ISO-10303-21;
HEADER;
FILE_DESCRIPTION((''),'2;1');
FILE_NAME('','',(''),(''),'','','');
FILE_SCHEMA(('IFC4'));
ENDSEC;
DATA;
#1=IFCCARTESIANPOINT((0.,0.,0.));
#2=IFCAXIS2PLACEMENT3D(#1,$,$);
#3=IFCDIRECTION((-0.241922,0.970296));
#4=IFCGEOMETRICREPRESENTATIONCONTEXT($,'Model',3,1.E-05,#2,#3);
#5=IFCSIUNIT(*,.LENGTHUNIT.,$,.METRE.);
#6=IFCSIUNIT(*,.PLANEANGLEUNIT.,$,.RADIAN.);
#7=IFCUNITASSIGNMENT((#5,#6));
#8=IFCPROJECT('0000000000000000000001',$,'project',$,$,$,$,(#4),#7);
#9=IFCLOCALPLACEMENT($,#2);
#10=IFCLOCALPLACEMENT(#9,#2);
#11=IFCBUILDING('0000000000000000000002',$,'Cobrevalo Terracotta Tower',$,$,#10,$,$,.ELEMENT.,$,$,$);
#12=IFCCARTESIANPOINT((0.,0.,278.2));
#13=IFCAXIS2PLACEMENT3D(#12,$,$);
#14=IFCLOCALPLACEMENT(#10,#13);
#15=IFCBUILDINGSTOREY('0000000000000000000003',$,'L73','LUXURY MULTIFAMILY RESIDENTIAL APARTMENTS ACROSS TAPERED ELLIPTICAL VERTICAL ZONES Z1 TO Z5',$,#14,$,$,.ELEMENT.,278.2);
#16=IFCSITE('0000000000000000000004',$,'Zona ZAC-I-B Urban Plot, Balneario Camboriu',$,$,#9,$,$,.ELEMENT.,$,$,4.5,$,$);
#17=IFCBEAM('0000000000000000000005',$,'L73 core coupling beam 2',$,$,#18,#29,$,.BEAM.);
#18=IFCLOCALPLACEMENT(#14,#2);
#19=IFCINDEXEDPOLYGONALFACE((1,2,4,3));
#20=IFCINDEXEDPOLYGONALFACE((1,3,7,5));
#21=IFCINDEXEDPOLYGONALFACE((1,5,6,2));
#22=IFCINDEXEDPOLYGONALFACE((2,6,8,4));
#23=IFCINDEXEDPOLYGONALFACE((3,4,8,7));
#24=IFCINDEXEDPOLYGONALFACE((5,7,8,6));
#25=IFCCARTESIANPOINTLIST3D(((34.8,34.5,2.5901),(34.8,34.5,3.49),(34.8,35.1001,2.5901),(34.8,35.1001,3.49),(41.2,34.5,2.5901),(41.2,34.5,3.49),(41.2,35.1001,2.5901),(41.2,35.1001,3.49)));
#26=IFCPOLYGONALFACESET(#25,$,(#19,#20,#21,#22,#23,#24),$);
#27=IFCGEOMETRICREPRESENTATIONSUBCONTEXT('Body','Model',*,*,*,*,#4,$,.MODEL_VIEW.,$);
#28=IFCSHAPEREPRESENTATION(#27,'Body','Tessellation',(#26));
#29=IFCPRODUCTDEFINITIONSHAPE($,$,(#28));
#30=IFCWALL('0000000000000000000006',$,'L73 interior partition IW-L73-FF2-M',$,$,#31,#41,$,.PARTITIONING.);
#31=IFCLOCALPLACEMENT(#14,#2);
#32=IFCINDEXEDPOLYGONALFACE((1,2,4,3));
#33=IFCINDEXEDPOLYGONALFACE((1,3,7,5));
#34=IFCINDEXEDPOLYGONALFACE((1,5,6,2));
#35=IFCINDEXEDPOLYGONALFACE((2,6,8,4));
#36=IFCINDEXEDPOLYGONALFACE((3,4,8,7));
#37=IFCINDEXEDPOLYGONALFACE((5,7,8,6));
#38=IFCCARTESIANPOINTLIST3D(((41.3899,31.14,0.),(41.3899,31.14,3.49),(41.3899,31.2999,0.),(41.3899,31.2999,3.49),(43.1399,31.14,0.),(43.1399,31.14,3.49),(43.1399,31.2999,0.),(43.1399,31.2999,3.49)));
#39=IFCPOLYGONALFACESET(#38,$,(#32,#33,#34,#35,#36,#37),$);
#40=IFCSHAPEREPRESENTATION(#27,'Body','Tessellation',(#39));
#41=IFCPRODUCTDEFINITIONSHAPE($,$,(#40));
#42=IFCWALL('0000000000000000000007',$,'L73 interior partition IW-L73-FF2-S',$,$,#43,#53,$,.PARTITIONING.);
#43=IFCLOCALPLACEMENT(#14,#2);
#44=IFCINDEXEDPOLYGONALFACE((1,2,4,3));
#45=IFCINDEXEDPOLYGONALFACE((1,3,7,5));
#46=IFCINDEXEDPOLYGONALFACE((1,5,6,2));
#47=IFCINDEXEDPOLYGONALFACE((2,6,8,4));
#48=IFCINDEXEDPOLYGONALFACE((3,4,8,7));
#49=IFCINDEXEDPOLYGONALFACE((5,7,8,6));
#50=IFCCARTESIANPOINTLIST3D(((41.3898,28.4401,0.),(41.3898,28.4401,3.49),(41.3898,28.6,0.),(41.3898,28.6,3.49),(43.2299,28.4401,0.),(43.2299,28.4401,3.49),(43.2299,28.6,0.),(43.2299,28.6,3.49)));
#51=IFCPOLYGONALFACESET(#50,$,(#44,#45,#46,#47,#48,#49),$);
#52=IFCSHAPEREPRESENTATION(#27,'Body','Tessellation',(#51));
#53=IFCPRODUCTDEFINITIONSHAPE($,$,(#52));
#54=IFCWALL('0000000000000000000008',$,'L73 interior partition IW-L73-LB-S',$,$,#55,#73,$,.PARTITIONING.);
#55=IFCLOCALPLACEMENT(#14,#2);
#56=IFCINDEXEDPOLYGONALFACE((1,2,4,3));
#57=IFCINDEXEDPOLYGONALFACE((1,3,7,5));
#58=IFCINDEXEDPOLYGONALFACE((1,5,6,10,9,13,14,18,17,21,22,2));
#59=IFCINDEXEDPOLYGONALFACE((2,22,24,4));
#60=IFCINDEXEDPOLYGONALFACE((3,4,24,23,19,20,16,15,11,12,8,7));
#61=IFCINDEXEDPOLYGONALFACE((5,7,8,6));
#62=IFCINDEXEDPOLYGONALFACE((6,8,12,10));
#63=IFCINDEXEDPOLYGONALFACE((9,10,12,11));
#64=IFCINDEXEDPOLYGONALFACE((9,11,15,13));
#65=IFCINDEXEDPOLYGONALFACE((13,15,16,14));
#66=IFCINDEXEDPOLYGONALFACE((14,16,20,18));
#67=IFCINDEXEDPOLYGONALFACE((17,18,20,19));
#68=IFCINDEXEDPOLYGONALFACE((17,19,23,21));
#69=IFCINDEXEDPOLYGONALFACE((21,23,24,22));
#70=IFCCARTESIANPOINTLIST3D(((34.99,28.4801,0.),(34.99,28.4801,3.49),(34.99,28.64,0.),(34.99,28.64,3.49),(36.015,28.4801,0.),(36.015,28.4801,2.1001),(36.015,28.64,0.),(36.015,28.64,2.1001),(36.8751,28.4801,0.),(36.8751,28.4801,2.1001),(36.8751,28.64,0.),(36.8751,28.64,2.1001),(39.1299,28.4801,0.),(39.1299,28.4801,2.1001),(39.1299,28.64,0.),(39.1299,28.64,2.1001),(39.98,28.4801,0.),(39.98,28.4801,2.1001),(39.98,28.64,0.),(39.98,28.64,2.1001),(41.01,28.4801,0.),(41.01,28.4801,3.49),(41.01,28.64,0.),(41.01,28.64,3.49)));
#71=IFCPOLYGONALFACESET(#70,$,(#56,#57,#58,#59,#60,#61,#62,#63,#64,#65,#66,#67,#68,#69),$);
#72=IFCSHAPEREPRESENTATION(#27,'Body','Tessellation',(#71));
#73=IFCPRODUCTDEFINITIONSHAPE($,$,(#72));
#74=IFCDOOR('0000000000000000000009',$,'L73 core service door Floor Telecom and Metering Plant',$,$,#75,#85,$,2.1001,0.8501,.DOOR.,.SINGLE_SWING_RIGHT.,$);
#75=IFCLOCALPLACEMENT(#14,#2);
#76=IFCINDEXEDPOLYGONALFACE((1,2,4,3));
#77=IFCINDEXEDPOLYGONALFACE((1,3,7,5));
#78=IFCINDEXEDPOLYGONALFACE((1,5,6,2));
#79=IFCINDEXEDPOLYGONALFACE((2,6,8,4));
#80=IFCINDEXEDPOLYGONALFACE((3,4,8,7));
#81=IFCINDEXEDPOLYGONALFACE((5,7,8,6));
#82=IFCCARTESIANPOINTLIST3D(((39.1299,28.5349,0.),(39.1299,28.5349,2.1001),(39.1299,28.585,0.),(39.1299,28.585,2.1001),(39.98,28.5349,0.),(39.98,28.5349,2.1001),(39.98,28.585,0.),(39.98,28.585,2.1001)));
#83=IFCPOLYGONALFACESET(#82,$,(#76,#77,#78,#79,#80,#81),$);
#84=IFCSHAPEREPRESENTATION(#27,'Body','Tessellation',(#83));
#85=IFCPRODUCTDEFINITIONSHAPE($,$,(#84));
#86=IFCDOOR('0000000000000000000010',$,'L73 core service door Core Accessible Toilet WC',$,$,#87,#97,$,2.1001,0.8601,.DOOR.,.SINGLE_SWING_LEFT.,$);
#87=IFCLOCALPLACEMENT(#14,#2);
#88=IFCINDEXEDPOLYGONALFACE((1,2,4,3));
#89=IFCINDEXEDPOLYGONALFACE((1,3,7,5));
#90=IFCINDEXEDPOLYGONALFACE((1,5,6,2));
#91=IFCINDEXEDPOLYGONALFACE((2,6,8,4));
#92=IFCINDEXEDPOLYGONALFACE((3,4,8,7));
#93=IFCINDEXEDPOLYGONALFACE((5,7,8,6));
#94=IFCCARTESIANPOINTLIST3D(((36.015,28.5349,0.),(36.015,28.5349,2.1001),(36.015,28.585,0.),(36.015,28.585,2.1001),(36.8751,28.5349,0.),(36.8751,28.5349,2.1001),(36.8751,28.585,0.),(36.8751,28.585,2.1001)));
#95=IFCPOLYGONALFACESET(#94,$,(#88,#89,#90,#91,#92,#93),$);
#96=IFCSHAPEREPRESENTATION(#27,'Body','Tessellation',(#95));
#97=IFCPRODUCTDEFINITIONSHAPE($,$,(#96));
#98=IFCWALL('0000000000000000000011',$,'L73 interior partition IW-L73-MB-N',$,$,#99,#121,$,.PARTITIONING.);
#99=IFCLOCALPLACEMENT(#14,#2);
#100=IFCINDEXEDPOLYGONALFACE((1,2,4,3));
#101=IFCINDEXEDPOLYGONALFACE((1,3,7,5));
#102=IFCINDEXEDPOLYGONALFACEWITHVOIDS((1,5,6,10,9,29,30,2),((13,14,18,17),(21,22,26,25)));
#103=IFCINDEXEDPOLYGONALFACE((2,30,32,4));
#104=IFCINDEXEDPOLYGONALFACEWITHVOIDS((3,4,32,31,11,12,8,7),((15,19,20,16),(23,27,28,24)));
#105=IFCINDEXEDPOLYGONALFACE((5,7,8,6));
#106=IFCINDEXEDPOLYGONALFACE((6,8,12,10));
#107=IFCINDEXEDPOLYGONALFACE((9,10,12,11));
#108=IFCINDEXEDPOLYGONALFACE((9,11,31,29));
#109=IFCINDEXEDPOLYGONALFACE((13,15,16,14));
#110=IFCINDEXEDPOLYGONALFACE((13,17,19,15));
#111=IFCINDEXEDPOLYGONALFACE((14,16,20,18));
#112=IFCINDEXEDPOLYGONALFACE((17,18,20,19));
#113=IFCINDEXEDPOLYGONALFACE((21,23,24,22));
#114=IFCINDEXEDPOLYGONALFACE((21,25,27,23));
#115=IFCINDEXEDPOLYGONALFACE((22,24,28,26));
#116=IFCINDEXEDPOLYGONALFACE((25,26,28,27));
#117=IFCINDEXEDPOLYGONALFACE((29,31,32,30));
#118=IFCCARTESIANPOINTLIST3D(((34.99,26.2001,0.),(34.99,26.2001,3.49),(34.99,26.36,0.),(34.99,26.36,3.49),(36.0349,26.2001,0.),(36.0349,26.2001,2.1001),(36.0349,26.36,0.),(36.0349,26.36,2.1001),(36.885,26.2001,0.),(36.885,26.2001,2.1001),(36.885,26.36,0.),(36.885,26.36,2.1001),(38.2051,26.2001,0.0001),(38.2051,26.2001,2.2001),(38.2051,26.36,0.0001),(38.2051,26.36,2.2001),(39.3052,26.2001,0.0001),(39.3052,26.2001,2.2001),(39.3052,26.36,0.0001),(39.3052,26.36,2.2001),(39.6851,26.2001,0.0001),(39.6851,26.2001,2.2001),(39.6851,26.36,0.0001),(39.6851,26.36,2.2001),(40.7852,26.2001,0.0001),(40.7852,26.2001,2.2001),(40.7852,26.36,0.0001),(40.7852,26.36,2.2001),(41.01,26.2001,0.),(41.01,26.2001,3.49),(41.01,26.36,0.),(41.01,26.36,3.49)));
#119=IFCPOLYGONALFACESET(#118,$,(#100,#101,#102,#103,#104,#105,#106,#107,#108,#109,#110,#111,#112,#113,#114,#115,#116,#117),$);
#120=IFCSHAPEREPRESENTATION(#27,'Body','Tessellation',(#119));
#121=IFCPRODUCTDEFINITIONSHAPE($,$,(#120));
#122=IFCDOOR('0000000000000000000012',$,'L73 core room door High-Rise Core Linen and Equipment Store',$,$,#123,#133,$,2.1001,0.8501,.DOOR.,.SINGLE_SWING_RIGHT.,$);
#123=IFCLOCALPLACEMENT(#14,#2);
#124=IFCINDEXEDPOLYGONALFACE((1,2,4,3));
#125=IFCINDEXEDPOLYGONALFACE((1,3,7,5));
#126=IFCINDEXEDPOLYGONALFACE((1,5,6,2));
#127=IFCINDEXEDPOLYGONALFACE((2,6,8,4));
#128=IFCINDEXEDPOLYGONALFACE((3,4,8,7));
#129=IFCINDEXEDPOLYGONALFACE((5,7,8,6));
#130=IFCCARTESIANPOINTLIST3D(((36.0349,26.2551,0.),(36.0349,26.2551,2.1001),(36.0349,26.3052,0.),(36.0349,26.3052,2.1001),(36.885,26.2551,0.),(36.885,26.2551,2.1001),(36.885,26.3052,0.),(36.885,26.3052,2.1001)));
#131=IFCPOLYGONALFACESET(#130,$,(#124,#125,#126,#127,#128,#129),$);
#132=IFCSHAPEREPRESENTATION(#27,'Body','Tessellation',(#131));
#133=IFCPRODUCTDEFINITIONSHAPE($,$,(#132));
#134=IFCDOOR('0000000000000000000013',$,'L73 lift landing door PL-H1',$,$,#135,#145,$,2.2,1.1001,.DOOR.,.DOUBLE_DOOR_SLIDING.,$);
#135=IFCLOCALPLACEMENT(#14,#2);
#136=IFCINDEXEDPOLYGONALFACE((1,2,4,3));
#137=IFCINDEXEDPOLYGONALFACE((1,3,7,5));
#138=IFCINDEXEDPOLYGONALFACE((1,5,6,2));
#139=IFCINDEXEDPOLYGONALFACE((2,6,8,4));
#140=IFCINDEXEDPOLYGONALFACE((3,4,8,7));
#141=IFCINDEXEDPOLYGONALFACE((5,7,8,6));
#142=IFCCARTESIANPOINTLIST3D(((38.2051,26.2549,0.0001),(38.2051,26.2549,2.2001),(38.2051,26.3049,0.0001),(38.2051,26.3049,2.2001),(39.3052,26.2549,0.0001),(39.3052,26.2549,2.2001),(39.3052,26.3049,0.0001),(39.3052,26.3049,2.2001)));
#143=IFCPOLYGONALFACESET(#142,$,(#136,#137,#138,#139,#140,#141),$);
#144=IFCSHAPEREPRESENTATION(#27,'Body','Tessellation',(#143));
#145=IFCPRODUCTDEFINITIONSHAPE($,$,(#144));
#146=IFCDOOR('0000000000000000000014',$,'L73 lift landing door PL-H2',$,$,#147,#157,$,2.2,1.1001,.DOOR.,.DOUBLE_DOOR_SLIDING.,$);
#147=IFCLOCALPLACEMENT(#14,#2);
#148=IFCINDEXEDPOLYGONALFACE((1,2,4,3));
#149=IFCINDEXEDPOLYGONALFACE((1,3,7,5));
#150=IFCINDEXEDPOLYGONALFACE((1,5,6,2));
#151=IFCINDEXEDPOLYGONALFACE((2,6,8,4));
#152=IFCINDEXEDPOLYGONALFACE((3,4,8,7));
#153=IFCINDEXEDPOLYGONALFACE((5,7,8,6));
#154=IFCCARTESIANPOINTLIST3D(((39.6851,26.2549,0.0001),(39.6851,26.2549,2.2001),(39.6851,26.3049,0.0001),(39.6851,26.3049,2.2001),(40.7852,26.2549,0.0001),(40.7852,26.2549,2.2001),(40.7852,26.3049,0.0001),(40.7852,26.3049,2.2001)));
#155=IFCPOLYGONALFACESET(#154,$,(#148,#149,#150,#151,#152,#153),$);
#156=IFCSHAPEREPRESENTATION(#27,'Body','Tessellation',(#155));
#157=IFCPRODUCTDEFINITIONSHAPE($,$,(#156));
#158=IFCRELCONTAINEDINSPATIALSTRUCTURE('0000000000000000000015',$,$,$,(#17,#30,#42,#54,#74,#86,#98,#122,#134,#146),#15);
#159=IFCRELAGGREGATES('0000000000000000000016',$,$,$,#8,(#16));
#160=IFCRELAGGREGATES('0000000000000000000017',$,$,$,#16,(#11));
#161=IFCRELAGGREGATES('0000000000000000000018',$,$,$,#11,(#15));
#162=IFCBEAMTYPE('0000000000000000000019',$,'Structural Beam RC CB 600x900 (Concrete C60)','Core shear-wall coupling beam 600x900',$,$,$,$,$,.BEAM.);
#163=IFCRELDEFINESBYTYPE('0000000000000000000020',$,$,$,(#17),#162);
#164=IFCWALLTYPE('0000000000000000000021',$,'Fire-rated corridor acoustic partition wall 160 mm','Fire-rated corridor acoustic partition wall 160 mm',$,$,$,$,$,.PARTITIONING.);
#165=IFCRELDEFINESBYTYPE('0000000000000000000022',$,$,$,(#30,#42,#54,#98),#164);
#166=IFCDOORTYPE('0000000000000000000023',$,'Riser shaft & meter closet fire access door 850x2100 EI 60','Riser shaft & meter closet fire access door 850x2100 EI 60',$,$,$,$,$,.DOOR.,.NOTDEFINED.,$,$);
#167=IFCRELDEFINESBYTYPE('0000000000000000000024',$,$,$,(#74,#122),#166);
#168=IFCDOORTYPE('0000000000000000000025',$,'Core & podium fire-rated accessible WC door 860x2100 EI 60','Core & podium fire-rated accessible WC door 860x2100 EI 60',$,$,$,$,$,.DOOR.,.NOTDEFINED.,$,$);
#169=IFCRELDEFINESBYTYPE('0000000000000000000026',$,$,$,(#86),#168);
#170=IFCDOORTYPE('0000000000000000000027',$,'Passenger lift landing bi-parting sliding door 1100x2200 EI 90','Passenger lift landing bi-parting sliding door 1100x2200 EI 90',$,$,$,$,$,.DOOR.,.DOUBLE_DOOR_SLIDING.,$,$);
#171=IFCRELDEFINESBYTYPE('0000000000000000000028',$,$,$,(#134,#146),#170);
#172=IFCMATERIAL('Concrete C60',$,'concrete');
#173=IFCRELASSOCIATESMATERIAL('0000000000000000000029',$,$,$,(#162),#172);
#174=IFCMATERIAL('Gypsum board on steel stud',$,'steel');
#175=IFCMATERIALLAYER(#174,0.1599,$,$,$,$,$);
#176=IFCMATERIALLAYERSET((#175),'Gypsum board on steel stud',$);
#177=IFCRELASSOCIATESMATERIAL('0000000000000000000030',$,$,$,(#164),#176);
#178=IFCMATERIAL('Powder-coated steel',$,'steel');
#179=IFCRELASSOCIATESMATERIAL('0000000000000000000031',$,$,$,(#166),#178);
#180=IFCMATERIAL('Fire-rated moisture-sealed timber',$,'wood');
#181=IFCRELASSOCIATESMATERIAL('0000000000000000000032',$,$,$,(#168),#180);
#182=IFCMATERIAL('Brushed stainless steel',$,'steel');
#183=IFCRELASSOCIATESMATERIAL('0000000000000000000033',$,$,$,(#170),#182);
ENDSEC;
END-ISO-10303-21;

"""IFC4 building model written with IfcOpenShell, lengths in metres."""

from ifc_helpers import new_model, si_unit, direction, frame, frame_2d, origin, origin_2d, place, context, subcontext, project, spatial, rectangle, extrude, source, transform, mapped, material, layer, layer_set, material_profile, profile_set, type_object, element, fill, save


model = new_model("IFC4")

# Units and contexts
model_context = context("Model", 3, precision=1e-05, world=origin(), true_north=direction((-0.241922, 0.970296)))
body_context = subcontext(model_context, "Body", "Model", "MODEL_VIEW")
ifc_project = project(units=[si_unit("LENGTHUNIT", "METRE"), si_unit("PLANEANGLEUNIT", "RADIAN")], contexts=[model_context])

# Site, building, storey
site_placement = place(None, origin())
site = spatial("IfcSite", under=ifc_project, at=site_placement, Name="Zona ZAC-I-B Urban Plot, Balneario Camboriu", CompositionType="ELEMENT", RefElevation=4.5)
building_placement = place(site_placement, origin())
building = spatial("IfcBuilding", under=site, at=building_placement, Name="Cobrevalo Terracotta Tower", CompositionType="ELEMENT")
storey_placement = place(building_placement, frame((0.0, 0.0, 278.2)))
storey = spatial("IfcBuildingStorey", under=building, at=storey_placement, Name="L73", Description="LUXURY MULTIFAMILY RESIDENTIAL APARTMENTS ACROSS TAPERED ELLIPTICAL VERTICAL ZONES Z1 TO Z5", CompositionType="ELEMENT", Elevation=278.2)

# Beam
ifc_material_1 = material(Name="Concrete C60", Category="concrete")
ifc_material_profile = material_profile(ifc_material_1, rectangle(XDim=0.6001, YDim=0.8999, at=origin_2d()), Name="RC CB 600x900")
ifc_profile_set = profile_set([ifc_material_profile], Name="Concrete C60")
beam_type = type_object("IfcBeamType", Name="Structural Beam RC CB 600x900 (Concrete C60)", Description="Core shear-wall coupling beam 600x900", PredefinedType="BEAM", material=ifc_profile_set)
beam_placement = place(storey_placement, frame((34.8, 34.8, 3.04), z_axis=(1.0, 0.0, 0.0), x_axis=(0.0, 1.0, 0.0)))
element("IfcBeam", 1, at=beam_placement, inside=storey, type_object=beam_type, Name="L73 core coupling beam 2", PredefinedType="BEAM", context=body_context, shape_type="SweptSolid", body=[
    extrude(rectangle(XDim=0.6001, YDim=0.8999, at=origin_2d()), origin(), (0.0, 0.0, 1.0), 6.3999),
])

# Walls
ifc_material_2 = material(Name="Gypsum board on steel stud", Category="steel")
ifc_layer_1 = layer(ifc_material_2, 0.1599)
ifc_layer_set_1 = layer_set([ifc_layer_1], Name="Gypsum board on steel stud")
wall_type_1 = type_object("IfcWallType", Name="Fire-rated corridor acoustic partition wall 160 mm", Description="Fire-rated corridor acoustic partition wall 160 mm", PredefinedType="PARTITIONING", material=ifc_layer_set_1)
wall_1_placement = place(storey_placement, frame((41.3899, 31.22, 0.0), z_axis=(0.0, 0.0, 1.0), x_axis=(1.0, 0.0, 0.0)))
element("IfcWall", 2, at=wall_1_placement, inside=storey, type_object=wall_type_1, Name="L73 interior partition IW-L73-FF2-M", PredefinedType="PARTITIONING", context=body_context, shape_type="SweptSolid", body=[
    extrude(rectangle(XDim=1.75, YDim=0.1599, at=frame_2d((0.875, 0.0))), origin(), (0.0, 0.0, 1.0), 3.49),
])
wall_2_placement = place(storey_placement, frame((41.3899, 28.52, 0.0), z_axis=(0.0, 0.0, 1.0), x_axis=(1.0, 0.0, 0.0)))
element("IfcWall", 3, at=wall_2_placement, inside=storey, type_object=wall_type_1, Name="L73 interior partition IW-L73-FF2-S", PredefinedType="PARTITIONING", context=body_context, shape_type="SweptSolid", body=[
    extrude(rectangle(XDim=1.8401, YDim=0.1599, at=frame_2d((0.9199, 0.0))), origin(), (0.0, 0.0, 1.0), 3.49),
])

# Walls, openings, doors
wall_3_placement = place(storey_placement, frame((34.99, 28.5601, 0.0), z_axis=(0.0, 0.0, 1.0), x_axis=(1.0, 0.0, 0.0)))
wall_3 = element("IfcWall", 4, at=wall_3_placement, inside=storey, type_object=wall_type_1, Name="L73 interior partition IW-L73-LB-S", PredefinedType="PARTITIONING", context=body_context, shape_type="SweptSolid", body=[
    extrude(rectangle(XDim=6.02, YDim=0.1599, at=frame_2d((3.01, 0.0))), origin(), (0.0, 0.0, 1.0), 3.49),
])
opening_1_placement = place(wall_3_placement, frame((1.0249, 0.0, 0.0)))
opening_1 = element("IfcOpeningElement", 5, at=opening_1_placement, cuts=wall_3, PredefinedType="OPENING", context=body_context, shape_type="SweptSolid", body=[
    extrude(rectangle(XDim=0.8601, YDim=2.1001, at=frame_2d((0.4302, 1.05))), frame((0.0, 0.0898, 0.0), z_axis=(0.0, -1.0, 0.0), x_axis=(1.0, 0.0, 0.0)), (0.0, 0.0, 1.0), 0.1799),
])
opening_2_placement = place(wall_3_placement, frame((4.1399, 0.0, 0.0)))
opening_2 = element("IfcOpeningElement", 6, at=opening_2_placement, cuts=wall_3, PredefinedType="OPENING", context=body_context, shape_type="SweptSolid", body=[
    extrude(rectangle(XDim=0.8501, YDim=2.1001, at=frame_2d((0.425, 1.05))), frame((0.0, 0.0898, 0.0), z_axis=(0.0, -1.0, 0.0), x_axis=(1.0, 0.0, 0.0)), (0.0, 0.0, 1.0), 0.1799),
])
ifc_material_3 = material(Name="Powder-coated steel", Category="steel")
door_type_1 = type_object("IfcDoorType", Name="Riser shaft & meter closet fire access door 850x2100 EI 60", Description="Riser shaft & meter closet fire access door 850x2100 EI 60", OperationType="NOTDEFINED", PredefinedType="DOOR", material=ifc_material_3)
shared_shape_1 = source(origin(), body_context, "Body", "SweptSolid", [
    extrude(rectangle(XDim=0.8501, YDim=2.1001, at=frame_2d((0.425, 1.05))), frame((0.0, 0.0249, 0.0), z_axis=(0.0, -1.0, 0.0), x_axis=(1.0, 0.0, 0.0)), (0.0, 0.0, 1.0), 0.05),
])
door_1_placement = place(opening_2_placement, origin())
door_1 = element("IfcDoor", 7, at=door_1_placement, inside=storey, type_object=door_type_1, Name="L73 core service door Floor Telecom and Metering Plant", OperationType="SINGLE_SWING_RIGHT", OverallHeight=2.1001, OverallWidth=0.8501, PredefinedType="DOOR", context=body_context, shape_type="MappedRepresentation", body=[
    mapped(shared_shape_1, transform((0.0, 0.0, 0.0), scale=1.0)),
])
fill(opening_2, door_1)
ifc_material_4 = material(Name="Fire-rated moisture-sealed timber", Category="wood")
door_type_2 = type_object("IfcDoorType", Name="Core & podium fire-rated accessible WC door 860x2100 EI 60", Description="Core & podium fire-rated accessible WC door 860x2100 EI 60", OperationType="NOTDEFINED", PredefinedType="DOOR", material=ifc_material_4)
shared_shape_2 = source(origin(), body_context, "Body", "SweptSolid", [
    extrude(rectangle(XDim=0.8601, YDim=2.1001, at=frame_2d((0.4302, 1.05))), frame((0.0, 0.0249, 0.0), z_axis=(0.0, -1.0, 0.0), x_axis=(1.0, 0.0, 0.0)), (0.0, 0.0, 1.0), 0.05),
])
door_2_placement = place(opening_1_placement, origin())
door_2 = element("IfcDoor", 8, at=door_2_placement, inside=storey, type_object=door_type_2, Name="L73 core service door Core Accessible Toilet WC", OperationType="SINGLE_SWING_LEFT", OverallHeight=2.1001, OverallWidth=0.8601, PredefinedType="DOOR", context=body_context, shape_type="MappedRepresentation", body=[
    mapped(shared_shape_2, transform((0.0, 0.0, 0.0), scale=1.0)),
])
fill(opening_1, door_2)
wall_4_placement = place(storey_placement, frame((34.99, 26.28, 0.0), z_axis=(0.0, 0.0, 1.0), x_axis=(1.0, 0.0, 0.0)))
wall_4 = element("IfcWall", 9, at=wall_4_placement, inside=storey, type_object=wall_type_1, Name="L73 interior partition IW-L73-MB-N", PredefinedType="PARTITIONING", context=body_context, shape_type="SweptSolid", body=[
    extrude(rectangle(XDim=6.02, YDim=0.1599, at=frame_2d((3.01, 0.0))), origin(), (0.0, 0.0, 1.0), 3.49),
])
opening_3_placement = place(wall_4_placement, frame((1.0449, 0.0, 0.0)))
opening_3 = element("IfcOpeningElement", 10, at=opening_3_placement, cuts=wall_4, PredefinedType="OPENING", context=body_context, shape_type="SweptSolid", body=[
    extrude(rectangle(XDim=0.8501, YDim=2.1001, at=frame_2d((0.425, 1.05))), frame((0.0, 0.0898, 0.0), z_axis=(0.0, -1.0, 0.0), x_axis=(1.0, 0.0, 0.0)), (0.0, 0.0, 1.0), 0.1799),
])
opening_4_placement = place(wall_4_placement, frame((3.2151, 0.0, 0.0)))
opening_4 = element("IfcOpeningElement", 11, at=opening_4_placement, cuts=wall_4, PredefinedType="OPENING", context=body_context, shape_type="SweptSolid", body=[
    extrude(rectangle(XDim=1.1001, YDim=2.2, at=frame_2d((0.55, 1.1001))), frame((0.0, 0.0898, 0.0), z_axis=(0.0, -1.0, 0.0), x_axis=(1.0, 0.0, 0.0)), (0.0, 0.0, 1.0), 0.1799),
])
opening_5_placement = place(wall_4_placement, frame((4.6951, 0.0, 0.0)))
opening_5 = element("IfcOpeningElement", 12, at=opening_5_placement, cuts=wall_4, PredefinedType="OPENING", context=body_context, shape_type="SweptSolid", body=[
    extrude(rectangle(XDim=1.1001, YDim=2.2, at=frame_2d((0.55, 1.1001))), frame((0.0, 0.0898, 0.0), z_axis=(0.0, -1.0, 0.0), x_axis=(1.0, 0.0, 0.0)), (0.0, 0.0, 1.0), 0.1799),
])
door_3_placement = place(opening_3_placement, frame((0.8501, 0.0, 0.0), z_axis=(0.0, 0.0, 1.0), x_axis=(-1.0, 0.0, 0.0)))
door_3 = element("IfcDoor", 13, at=door_3_placement, inside=storey, type_object=door_type_1, Name="L73 core room door High-Rise Core Linen and Equipment Store", OperationType="SINGLE_SWING_RIGHT", OverallHeight=2.1001, OverallWidth=0.8501, PredefinedType="DOOR", context=body_context, shape_type="MappedRepresentation", body=[
    mapped(shared_shape_1, transform((0.0, 0.0, 0.0), scale=1.0)),
])
fill(opening_3, door_3)
ifc_material_5 = material(Name="Brushed stainless steel", Category="steel")
door_type_3 = type_object("IfcDoorType", Name="Passenger lift landing bi-parting sliding door 1100x2200 EI 90", Description="Passenger lift landing bi-parting sliding door 1100x2200 EI 90", OperationType="DOUBLE_DOOR_SLIDING", PredefinedType="DOOR", material=ifc_material_5)
shared_shape_3 = source(origin(), body_context, "Body", "SweptSolid", [
    extrude(rectangle(XDim=1.1001, YDim=2.2, at=frame_2d((0.55, 1.1001))), frame((0.0, 0.0249, 0.0), z_axis=(0.0, -1.0, 0.0), x_axis=(1.0, 0.0, 0.0)), (0.0, 0.0, 1.0), 0.05),
])
door_4_placement = place(opening_4_placement, origin())
door_4 = element("IfcDoor", 14, at=door_4_placement, inside=storey, type_object=door_type_3, Name="L73 lift landing door PL-H1", OperationType="DOUBLE_DOOR_SLIDING", OverallHeight=2.2, OverallWidth=1.1001, PredefinedType="DOOR", context=body_context, shape_type="MappedRepresentation", body=[
    mapped(shared_shape_3, transform((0.0, 0.0, 0.0), scale=1.0)),
])
fill(opening_4, door_4)
door_5_placement = place(opening_5_placement, origin())
door_5 = element("IfcDoor", 15, at=door_5_placement, inside=storey, type_object=door_type_3, Name="L73 lift landing door PL-H2", OperationType="DOUBLE_DOOR_SLIDING", OverallHeight=2.2, OverallWidth=1.1001, PredefinedType="DOOR", context=body_context, shape_type="MappedRepresentation", body=[
    mapped(shared_shape_3, transform((0.0, 0.0, 0.0), scale=1.0)),
])
fill(opening_5, door_5)

save(model, "model.ifc")
